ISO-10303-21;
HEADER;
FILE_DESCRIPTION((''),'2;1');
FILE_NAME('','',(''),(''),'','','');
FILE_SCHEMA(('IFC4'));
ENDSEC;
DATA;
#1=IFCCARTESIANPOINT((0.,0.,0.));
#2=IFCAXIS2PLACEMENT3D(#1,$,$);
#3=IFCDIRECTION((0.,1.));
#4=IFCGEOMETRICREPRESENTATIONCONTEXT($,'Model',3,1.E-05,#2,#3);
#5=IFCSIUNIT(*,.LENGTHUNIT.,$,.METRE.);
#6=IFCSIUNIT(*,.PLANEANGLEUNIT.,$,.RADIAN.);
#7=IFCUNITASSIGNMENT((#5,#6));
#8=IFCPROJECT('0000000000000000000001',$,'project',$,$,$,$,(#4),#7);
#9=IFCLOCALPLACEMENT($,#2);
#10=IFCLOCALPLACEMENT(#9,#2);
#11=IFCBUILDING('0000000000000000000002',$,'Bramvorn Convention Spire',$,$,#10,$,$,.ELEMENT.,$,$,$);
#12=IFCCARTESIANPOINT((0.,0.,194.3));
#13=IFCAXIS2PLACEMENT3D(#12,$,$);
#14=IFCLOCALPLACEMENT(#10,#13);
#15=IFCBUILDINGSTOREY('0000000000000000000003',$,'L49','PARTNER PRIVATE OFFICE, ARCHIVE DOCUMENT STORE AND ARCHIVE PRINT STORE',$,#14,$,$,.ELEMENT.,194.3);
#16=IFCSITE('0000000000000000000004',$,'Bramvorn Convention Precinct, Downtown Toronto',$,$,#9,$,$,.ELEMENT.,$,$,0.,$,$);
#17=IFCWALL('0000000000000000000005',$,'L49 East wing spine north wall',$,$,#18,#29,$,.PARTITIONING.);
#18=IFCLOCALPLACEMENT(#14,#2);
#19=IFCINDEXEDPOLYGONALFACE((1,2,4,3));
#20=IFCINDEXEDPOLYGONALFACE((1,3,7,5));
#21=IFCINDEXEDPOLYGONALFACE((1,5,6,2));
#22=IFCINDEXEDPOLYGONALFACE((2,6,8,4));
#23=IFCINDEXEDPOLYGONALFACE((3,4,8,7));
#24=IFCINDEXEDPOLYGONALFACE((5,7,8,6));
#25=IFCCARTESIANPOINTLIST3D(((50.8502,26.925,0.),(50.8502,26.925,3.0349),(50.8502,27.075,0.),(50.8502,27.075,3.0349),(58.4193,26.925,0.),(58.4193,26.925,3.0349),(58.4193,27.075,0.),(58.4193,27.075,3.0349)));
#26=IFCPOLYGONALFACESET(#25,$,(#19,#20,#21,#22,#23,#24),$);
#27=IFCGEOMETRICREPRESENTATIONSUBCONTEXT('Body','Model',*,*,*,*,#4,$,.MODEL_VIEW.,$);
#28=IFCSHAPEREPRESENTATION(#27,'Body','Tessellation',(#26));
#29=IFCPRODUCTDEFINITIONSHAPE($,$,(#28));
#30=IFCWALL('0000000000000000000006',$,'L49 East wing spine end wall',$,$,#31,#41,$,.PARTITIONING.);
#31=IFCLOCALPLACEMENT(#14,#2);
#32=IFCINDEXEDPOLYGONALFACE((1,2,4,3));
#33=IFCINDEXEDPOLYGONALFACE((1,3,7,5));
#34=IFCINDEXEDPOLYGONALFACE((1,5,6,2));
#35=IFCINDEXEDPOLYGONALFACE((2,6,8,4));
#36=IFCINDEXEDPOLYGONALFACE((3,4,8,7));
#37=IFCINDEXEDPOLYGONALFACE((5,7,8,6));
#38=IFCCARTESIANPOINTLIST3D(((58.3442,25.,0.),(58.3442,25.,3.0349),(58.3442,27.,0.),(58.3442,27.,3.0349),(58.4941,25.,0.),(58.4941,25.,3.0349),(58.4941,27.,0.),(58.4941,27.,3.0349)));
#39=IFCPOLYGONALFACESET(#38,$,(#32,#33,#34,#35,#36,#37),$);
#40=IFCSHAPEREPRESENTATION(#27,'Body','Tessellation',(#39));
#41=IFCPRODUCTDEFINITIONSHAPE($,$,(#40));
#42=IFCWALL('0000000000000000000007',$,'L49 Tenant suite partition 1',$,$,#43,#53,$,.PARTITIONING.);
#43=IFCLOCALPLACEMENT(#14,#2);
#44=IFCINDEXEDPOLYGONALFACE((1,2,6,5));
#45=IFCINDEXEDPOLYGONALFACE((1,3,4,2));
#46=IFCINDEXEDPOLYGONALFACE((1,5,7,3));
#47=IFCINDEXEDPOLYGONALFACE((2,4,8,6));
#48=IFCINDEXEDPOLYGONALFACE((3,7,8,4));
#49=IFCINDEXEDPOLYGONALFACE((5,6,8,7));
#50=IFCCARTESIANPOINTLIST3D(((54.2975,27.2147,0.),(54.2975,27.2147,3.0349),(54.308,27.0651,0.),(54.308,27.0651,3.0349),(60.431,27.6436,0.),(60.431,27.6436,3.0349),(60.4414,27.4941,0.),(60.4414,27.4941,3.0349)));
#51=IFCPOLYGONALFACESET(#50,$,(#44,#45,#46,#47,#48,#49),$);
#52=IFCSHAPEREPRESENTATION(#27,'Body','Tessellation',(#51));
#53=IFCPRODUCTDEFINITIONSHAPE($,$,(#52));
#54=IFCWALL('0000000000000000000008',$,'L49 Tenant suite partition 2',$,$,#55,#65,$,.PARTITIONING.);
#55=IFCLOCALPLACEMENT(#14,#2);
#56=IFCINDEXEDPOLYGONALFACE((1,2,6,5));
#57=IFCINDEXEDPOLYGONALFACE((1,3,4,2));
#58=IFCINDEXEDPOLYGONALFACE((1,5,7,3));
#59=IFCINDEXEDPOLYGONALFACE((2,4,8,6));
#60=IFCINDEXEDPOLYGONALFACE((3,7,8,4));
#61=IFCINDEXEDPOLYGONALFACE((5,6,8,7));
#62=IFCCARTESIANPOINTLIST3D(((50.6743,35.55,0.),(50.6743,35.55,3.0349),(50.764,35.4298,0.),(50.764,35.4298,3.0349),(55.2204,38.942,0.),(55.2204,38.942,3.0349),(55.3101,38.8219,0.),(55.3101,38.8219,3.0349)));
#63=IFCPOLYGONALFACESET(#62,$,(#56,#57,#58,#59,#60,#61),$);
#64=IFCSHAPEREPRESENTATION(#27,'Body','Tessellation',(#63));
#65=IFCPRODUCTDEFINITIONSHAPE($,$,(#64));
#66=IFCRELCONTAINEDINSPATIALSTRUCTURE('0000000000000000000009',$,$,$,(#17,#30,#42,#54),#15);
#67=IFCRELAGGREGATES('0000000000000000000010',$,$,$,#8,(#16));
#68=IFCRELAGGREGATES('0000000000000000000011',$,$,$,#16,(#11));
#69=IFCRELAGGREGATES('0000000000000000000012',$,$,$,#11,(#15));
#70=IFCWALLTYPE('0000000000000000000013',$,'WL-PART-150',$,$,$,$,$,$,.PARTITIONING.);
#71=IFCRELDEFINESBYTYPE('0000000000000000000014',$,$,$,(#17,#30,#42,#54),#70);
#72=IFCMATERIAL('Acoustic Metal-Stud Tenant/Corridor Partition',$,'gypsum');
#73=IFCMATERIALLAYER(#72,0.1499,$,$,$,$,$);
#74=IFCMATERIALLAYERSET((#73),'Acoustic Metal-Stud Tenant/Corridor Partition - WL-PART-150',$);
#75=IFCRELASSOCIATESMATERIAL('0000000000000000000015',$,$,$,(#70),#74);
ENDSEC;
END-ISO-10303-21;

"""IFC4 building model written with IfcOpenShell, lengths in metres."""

from ifc_helpers import new_model, si_unit, direction, frame, frame_2d, origin, place, context, subcontext, project, spatial, rectangle, extrude, material, layer, layer_set, type_object, element, save


model = new_model("IFC4")

# Units and contexts
model_context = context("Model", 3, precision=1e-05, world=origin(), true_north=direction((0.0, 1.0)))
body_context = subcontext(model_context, "Body", "Model", "MODEL_VIEW")
ifc_project = project(units=[si_unit("LENGTHUNIT", "METRE"), si_unit("PLANEANGLEUNIT", "RADIAN")], contexts=[model_context])

# Site, building, storey
site_placement = place(None, origin())
site = spatial("IfcSite", under=ifc_project, at=site_placement, Name="Bramvorn Convention Precinct, Downtown Toronto", CompositionType="ELEMENT", RefElevation=0.0)
building_placement = place(site_placement, origin())
building = spatial("IfcBuilding", under=site, at=building_placement, Name="Bramvorn Convention Spire", CompositionType="ELEMENT")
storey_placement = place(building_placement, frame((0.0, 0.0, 194.3)))
storey = spatial("IfcBuildingStorey", under=building, at=storey_placement, Name="L49", Description="PARTNER PRIVATE OFFICE, ARCHIVE DOCUMENT STORE AND ARCHIVE PRINT STORE", CompositionType="ELEMENT", Elevation=194.3)

# Shared definitions
ifc_material_1 = material(Name="Acoustic Metal-Stud Tenant/Corridor Partition", Category="gypsum")
ifc_layer_1 = layer(ifc_material_1, 0.1499)
ifc_layer_set_1 = layer_set([ifc_layer_1], Name="Acoustic Metal-Stud Tenant/Corridor Partition - WL-PART-150")
wall_type_1 = type_object("IfcWallType", Name="WL-PART-150", PredefinedType="PARTITIONING", material=ifc_layer_set_1)

# Walls
wall_1_placement = place(storey_placement, frame((50.8501, 27.0, 0.0), z_axis=(0.0, 0.0, 1.0), x_axis=(1.0, 0.0, 0.0)))
element("IfcWall", 1, at=wall_1_placement, inside=storey, type_object=wall_type_1, Name="L49 East wing spine north wall", PredefinedType="PARTITIONING", context=body_context, shape_type="SweptSolid", body=[
    extrude(rectangle(XDim=7.5691, YDim=0.1499, at=frame_2d((3.7847, 0.0))), origin(), (0.0, 0.0, 1.0), 3.0349),
])
wall_2_placement = place(storey_placement, frame((58.4192, 25.0, 0.0), z_axis=(0.0, 0.0, 1.0), x_axis=(0.0, 1.0, 0.0)))
element("IfcWall", 2, at=wall_2_placement, inside=storey, type_object=wall_type_1, Name="L49 East wing spine end wall", PredefinedType="PARTITIONING", context=body_context, shape_type="SweptSolid", body=[
    extrude(rectangle(XDim=2.0, YDim=0.1499, at=frame_2d((1.0, 0.0))), origin(), (0.0, 0.0, 1.0), 3.0349),
])
wall_3_placement = place(storey_placement, frame((54.3027, 27.1399, 0.0), z_axis=(0.0, 0.0, 1.0), x_axis=(0.997563, 0.069766, 0.0)))
element("IfcWall", 3, at=wall_3_placement, inside=storey, type_object=wall_type_1, Name="L49 Tenant suite partition 1", PredefinedType="PARTITIONING", context=body_context, shape_type="SweptSolid", body=[
    extrude(rectangle(XDim=6.1484, YDim=0.1499, at=frame_2d((3.0742, 0.0))), origin(), (0.0, 0.0, 1.0), 3.0349),
])
wall_4_placement = place(storey_placement, frame((50.7192, 35.49, 0.0), z_axis=(0.0, 0.0, 1.0), x_axis=(0.80148, 0.598022, 0.0)))
element("IfcWall", 4, at=wall_4_placement, inside=storey, type_object=wall_type_1, Name="L49 Tenant suite partition 2", PredefinedType="PARTITIONING", context=body_context, shape_type="SweptSolid", body=[
    extrude(rectangle(XDim=5.6721, YDim=0.1499, at=frame_2d((2.8359, 0.0))), origin(), (0.0, 0.0, 1.0), 3.0349),
])

save(model, "model.ifc")
